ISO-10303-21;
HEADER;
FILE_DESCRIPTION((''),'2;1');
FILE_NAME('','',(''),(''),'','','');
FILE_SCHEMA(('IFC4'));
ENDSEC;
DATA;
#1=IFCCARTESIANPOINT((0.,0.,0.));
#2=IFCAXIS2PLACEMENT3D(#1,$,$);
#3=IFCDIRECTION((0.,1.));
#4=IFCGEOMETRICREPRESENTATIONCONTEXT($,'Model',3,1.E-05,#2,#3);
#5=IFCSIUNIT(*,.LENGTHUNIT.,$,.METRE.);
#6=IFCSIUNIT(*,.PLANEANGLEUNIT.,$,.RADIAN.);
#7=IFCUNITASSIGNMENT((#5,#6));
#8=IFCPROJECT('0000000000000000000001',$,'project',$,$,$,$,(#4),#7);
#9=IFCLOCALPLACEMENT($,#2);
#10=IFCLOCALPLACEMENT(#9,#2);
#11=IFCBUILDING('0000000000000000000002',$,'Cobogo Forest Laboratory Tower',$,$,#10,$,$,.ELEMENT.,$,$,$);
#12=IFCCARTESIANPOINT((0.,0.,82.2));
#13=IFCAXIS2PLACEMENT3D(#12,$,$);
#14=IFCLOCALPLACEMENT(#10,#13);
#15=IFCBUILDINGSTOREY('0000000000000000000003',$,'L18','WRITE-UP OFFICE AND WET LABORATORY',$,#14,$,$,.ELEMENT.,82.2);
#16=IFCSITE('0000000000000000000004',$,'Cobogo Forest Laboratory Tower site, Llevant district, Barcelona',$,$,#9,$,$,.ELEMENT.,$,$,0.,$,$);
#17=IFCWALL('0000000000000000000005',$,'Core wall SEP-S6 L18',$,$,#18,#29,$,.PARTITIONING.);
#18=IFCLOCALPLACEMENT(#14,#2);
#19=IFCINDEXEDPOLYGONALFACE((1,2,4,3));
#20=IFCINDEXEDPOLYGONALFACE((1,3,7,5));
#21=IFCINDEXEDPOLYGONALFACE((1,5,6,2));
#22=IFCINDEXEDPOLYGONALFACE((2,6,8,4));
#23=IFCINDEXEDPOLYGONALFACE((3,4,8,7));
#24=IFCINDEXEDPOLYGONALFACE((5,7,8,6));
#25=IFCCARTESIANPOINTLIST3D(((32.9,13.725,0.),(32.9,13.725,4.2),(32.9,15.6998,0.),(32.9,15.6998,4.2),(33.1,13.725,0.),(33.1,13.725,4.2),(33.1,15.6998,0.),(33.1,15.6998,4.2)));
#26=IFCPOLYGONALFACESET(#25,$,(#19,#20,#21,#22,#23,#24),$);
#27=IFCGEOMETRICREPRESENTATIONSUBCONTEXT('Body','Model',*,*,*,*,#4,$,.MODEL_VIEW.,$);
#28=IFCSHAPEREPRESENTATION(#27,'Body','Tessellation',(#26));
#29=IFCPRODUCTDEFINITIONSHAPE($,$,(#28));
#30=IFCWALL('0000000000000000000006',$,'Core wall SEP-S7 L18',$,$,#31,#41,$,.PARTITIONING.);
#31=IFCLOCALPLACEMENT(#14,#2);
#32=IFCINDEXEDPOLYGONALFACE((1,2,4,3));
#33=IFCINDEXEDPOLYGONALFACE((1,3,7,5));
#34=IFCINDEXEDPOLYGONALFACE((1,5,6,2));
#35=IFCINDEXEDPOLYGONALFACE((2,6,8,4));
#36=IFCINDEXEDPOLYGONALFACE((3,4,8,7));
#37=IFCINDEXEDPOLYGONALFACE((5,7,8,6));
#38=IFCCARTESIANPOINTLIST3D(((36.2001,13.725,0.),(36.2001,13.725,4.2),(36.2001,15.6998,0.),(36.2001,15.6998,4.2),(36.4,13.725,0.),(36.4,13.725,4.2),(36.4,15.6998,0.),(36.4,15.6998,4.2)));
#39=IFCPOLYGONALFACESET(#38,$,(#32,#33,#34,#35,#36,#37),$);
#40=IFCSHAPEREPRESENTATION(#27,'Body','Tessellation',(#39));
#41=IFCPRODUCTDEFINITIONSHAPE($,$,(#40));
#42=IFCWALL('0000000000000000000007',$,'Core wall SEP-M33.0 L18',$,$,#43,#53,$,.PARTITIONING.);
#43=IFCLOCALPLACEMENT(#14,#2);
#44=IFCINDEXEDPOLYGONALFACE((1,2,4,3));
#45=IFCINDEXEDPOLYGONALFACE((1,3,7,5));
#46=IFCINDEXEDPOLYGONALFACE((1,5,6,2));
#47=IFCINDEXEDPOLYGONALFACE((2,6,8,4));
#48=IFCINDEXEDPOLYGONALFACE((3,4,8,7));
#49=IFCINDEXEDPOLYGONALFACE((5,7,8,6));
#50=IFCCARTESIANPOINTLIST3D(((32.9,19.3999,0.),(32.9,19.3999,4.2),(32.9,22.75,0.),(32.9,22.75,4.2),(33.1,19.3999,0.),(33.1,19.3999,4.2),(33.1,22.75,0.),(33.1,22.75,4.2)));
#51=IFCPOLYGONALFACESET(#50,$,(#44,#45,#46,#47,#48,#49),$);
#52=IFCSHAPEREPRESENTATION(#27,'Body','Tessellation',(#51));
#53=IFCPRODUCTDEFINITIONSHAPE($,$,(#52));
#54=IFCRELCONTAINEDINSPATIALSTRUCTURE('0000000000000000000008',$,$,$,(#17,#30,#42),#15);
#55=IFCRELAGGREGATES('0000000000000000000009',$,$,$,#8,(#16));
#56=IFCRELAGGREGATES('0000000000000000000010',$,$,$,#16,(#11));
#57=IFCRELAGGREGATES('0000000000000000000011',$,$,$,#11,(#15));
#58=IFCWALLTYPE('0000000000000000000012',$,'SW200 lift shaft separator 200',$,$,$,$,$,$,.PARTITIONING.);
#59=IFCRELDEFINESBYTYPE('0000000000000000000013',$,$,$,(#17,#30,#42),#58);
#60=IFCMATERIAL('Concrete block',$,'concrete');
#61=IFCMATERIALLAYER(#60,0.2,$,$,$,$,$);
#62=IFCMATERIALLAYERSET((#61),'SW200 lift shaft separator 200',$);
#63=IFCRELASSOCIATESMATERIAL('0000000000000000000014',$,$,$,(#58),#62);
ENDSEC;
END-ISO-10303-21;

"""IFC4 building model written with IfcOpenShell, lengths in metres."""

from ifc_helpers import new_model, si_unit, direction, frame, frame_2d, origin, place, context, subcontext, project, spatial, rectangle, extrude, material, layer, layer_set, type_object, element, save


model = new_model("IFC4")

# Units and contexts
model_context = context("Model", 3, precision=1e-05, world=origin(), true_north=direction((0.0, 1.0)))
body_context = subcontext(model_context, "Body", "Model", "MODEL_VIEW")
ifc_project = project(units=[si_unit("LENGTHUNIT", "METRE"), si_unit("PLANEANGLEUNIT", "RADIAN")], contexts=[model_context])

# Site, building, storey
site_placement = place(None, origin())
site = spatial("IfcSite", under=ifc_project, at=site_placement, Name="Cobogo Forest Laboratory Tower site, Llevant district, Barcelona", CompositionType="ELEMENT", RefElevation=0.0)
building_placement = place(site_placement, origin())
building = spatial("IfcBuilding", under=site, at=building_placement, Name="Cobogo Forest Laboratory Tower", CompositionType="ELEMENT")
storey_placement = place(building_placement, frame((0.0, 0.0, 82.2)))
storey = spatial("IfcBuildingStorey", under=building, at=storey_placement, Name="L18", Description="WRITE-UP OFFICE AND WET LABORATORY", CompositionType="ELEMENT", Elevation=82.2)

# Walls
ifc_material_1 = material(Name="Concrete block", Category="concrete")
ifc_layer_1 = layer(ifc_material_1, 0.2)
ifc_layer_set_1 = layer_set([ifc_layer_1], Name="SW200 lift shaft separator 200")
wall_type_1 = type_object("IfcWallType", Name="SW200 lift shaft separator 200", PredefinedType="PARTITIONING", material=ifc_layer_set_1)
for number, where, z_axis, x_axis, name in (
    (1, (33.0, 13.7251, 0.0), (0.0, 0.0, 1.0), (0.0, 1.0, 0.0), "Core wall SEP-S6 L18"),
    (2, (36.3, 13.7251, 0.0), (0.0, 0.0, 1.0), (0.0, 1.0, 0.0), "Core wall SEP-S7 L18"),
):
    element("IfcWall", number, at=place(storey_placement, frame(where, z_axis=z_axis, x_axis=x_axis)), inside=storey, type_object=wall_type_1, Name=name, PredefinedType="PARTITIONING", context=body_context, shape_type="SweptSolid", body=[
        extrude(rectangle(XDim=1.9749, YDim=0.2, at=frame_2d((0.9873, 0.0))), origin(), (0.0, 0.0, 1.0), 4.2),
    ])
wall_1_placement = place(storey_placement, frame((33.0, 19.3999, 0.0), z_axis=(0.0, 0.0, 1.0), x_axis=(0.0, 1.0, 0.0)))
element("IfcWall", 3, at=wall_1_placement, inside=storey, type_object=wall_type_1, Name="Core wall SEP-M33.0 L18", PredefinedType="PARTITIONING", context=body_context, shape_type="SweptSolid", body=[
    extrude(rectangle(XDim=3.3501, YDim=0.2, at=frame_2d((1.675, 0.0))), origin(), (0.0, 0.0, 1.0), 4.2),
])

save(model, "model.ifc")
